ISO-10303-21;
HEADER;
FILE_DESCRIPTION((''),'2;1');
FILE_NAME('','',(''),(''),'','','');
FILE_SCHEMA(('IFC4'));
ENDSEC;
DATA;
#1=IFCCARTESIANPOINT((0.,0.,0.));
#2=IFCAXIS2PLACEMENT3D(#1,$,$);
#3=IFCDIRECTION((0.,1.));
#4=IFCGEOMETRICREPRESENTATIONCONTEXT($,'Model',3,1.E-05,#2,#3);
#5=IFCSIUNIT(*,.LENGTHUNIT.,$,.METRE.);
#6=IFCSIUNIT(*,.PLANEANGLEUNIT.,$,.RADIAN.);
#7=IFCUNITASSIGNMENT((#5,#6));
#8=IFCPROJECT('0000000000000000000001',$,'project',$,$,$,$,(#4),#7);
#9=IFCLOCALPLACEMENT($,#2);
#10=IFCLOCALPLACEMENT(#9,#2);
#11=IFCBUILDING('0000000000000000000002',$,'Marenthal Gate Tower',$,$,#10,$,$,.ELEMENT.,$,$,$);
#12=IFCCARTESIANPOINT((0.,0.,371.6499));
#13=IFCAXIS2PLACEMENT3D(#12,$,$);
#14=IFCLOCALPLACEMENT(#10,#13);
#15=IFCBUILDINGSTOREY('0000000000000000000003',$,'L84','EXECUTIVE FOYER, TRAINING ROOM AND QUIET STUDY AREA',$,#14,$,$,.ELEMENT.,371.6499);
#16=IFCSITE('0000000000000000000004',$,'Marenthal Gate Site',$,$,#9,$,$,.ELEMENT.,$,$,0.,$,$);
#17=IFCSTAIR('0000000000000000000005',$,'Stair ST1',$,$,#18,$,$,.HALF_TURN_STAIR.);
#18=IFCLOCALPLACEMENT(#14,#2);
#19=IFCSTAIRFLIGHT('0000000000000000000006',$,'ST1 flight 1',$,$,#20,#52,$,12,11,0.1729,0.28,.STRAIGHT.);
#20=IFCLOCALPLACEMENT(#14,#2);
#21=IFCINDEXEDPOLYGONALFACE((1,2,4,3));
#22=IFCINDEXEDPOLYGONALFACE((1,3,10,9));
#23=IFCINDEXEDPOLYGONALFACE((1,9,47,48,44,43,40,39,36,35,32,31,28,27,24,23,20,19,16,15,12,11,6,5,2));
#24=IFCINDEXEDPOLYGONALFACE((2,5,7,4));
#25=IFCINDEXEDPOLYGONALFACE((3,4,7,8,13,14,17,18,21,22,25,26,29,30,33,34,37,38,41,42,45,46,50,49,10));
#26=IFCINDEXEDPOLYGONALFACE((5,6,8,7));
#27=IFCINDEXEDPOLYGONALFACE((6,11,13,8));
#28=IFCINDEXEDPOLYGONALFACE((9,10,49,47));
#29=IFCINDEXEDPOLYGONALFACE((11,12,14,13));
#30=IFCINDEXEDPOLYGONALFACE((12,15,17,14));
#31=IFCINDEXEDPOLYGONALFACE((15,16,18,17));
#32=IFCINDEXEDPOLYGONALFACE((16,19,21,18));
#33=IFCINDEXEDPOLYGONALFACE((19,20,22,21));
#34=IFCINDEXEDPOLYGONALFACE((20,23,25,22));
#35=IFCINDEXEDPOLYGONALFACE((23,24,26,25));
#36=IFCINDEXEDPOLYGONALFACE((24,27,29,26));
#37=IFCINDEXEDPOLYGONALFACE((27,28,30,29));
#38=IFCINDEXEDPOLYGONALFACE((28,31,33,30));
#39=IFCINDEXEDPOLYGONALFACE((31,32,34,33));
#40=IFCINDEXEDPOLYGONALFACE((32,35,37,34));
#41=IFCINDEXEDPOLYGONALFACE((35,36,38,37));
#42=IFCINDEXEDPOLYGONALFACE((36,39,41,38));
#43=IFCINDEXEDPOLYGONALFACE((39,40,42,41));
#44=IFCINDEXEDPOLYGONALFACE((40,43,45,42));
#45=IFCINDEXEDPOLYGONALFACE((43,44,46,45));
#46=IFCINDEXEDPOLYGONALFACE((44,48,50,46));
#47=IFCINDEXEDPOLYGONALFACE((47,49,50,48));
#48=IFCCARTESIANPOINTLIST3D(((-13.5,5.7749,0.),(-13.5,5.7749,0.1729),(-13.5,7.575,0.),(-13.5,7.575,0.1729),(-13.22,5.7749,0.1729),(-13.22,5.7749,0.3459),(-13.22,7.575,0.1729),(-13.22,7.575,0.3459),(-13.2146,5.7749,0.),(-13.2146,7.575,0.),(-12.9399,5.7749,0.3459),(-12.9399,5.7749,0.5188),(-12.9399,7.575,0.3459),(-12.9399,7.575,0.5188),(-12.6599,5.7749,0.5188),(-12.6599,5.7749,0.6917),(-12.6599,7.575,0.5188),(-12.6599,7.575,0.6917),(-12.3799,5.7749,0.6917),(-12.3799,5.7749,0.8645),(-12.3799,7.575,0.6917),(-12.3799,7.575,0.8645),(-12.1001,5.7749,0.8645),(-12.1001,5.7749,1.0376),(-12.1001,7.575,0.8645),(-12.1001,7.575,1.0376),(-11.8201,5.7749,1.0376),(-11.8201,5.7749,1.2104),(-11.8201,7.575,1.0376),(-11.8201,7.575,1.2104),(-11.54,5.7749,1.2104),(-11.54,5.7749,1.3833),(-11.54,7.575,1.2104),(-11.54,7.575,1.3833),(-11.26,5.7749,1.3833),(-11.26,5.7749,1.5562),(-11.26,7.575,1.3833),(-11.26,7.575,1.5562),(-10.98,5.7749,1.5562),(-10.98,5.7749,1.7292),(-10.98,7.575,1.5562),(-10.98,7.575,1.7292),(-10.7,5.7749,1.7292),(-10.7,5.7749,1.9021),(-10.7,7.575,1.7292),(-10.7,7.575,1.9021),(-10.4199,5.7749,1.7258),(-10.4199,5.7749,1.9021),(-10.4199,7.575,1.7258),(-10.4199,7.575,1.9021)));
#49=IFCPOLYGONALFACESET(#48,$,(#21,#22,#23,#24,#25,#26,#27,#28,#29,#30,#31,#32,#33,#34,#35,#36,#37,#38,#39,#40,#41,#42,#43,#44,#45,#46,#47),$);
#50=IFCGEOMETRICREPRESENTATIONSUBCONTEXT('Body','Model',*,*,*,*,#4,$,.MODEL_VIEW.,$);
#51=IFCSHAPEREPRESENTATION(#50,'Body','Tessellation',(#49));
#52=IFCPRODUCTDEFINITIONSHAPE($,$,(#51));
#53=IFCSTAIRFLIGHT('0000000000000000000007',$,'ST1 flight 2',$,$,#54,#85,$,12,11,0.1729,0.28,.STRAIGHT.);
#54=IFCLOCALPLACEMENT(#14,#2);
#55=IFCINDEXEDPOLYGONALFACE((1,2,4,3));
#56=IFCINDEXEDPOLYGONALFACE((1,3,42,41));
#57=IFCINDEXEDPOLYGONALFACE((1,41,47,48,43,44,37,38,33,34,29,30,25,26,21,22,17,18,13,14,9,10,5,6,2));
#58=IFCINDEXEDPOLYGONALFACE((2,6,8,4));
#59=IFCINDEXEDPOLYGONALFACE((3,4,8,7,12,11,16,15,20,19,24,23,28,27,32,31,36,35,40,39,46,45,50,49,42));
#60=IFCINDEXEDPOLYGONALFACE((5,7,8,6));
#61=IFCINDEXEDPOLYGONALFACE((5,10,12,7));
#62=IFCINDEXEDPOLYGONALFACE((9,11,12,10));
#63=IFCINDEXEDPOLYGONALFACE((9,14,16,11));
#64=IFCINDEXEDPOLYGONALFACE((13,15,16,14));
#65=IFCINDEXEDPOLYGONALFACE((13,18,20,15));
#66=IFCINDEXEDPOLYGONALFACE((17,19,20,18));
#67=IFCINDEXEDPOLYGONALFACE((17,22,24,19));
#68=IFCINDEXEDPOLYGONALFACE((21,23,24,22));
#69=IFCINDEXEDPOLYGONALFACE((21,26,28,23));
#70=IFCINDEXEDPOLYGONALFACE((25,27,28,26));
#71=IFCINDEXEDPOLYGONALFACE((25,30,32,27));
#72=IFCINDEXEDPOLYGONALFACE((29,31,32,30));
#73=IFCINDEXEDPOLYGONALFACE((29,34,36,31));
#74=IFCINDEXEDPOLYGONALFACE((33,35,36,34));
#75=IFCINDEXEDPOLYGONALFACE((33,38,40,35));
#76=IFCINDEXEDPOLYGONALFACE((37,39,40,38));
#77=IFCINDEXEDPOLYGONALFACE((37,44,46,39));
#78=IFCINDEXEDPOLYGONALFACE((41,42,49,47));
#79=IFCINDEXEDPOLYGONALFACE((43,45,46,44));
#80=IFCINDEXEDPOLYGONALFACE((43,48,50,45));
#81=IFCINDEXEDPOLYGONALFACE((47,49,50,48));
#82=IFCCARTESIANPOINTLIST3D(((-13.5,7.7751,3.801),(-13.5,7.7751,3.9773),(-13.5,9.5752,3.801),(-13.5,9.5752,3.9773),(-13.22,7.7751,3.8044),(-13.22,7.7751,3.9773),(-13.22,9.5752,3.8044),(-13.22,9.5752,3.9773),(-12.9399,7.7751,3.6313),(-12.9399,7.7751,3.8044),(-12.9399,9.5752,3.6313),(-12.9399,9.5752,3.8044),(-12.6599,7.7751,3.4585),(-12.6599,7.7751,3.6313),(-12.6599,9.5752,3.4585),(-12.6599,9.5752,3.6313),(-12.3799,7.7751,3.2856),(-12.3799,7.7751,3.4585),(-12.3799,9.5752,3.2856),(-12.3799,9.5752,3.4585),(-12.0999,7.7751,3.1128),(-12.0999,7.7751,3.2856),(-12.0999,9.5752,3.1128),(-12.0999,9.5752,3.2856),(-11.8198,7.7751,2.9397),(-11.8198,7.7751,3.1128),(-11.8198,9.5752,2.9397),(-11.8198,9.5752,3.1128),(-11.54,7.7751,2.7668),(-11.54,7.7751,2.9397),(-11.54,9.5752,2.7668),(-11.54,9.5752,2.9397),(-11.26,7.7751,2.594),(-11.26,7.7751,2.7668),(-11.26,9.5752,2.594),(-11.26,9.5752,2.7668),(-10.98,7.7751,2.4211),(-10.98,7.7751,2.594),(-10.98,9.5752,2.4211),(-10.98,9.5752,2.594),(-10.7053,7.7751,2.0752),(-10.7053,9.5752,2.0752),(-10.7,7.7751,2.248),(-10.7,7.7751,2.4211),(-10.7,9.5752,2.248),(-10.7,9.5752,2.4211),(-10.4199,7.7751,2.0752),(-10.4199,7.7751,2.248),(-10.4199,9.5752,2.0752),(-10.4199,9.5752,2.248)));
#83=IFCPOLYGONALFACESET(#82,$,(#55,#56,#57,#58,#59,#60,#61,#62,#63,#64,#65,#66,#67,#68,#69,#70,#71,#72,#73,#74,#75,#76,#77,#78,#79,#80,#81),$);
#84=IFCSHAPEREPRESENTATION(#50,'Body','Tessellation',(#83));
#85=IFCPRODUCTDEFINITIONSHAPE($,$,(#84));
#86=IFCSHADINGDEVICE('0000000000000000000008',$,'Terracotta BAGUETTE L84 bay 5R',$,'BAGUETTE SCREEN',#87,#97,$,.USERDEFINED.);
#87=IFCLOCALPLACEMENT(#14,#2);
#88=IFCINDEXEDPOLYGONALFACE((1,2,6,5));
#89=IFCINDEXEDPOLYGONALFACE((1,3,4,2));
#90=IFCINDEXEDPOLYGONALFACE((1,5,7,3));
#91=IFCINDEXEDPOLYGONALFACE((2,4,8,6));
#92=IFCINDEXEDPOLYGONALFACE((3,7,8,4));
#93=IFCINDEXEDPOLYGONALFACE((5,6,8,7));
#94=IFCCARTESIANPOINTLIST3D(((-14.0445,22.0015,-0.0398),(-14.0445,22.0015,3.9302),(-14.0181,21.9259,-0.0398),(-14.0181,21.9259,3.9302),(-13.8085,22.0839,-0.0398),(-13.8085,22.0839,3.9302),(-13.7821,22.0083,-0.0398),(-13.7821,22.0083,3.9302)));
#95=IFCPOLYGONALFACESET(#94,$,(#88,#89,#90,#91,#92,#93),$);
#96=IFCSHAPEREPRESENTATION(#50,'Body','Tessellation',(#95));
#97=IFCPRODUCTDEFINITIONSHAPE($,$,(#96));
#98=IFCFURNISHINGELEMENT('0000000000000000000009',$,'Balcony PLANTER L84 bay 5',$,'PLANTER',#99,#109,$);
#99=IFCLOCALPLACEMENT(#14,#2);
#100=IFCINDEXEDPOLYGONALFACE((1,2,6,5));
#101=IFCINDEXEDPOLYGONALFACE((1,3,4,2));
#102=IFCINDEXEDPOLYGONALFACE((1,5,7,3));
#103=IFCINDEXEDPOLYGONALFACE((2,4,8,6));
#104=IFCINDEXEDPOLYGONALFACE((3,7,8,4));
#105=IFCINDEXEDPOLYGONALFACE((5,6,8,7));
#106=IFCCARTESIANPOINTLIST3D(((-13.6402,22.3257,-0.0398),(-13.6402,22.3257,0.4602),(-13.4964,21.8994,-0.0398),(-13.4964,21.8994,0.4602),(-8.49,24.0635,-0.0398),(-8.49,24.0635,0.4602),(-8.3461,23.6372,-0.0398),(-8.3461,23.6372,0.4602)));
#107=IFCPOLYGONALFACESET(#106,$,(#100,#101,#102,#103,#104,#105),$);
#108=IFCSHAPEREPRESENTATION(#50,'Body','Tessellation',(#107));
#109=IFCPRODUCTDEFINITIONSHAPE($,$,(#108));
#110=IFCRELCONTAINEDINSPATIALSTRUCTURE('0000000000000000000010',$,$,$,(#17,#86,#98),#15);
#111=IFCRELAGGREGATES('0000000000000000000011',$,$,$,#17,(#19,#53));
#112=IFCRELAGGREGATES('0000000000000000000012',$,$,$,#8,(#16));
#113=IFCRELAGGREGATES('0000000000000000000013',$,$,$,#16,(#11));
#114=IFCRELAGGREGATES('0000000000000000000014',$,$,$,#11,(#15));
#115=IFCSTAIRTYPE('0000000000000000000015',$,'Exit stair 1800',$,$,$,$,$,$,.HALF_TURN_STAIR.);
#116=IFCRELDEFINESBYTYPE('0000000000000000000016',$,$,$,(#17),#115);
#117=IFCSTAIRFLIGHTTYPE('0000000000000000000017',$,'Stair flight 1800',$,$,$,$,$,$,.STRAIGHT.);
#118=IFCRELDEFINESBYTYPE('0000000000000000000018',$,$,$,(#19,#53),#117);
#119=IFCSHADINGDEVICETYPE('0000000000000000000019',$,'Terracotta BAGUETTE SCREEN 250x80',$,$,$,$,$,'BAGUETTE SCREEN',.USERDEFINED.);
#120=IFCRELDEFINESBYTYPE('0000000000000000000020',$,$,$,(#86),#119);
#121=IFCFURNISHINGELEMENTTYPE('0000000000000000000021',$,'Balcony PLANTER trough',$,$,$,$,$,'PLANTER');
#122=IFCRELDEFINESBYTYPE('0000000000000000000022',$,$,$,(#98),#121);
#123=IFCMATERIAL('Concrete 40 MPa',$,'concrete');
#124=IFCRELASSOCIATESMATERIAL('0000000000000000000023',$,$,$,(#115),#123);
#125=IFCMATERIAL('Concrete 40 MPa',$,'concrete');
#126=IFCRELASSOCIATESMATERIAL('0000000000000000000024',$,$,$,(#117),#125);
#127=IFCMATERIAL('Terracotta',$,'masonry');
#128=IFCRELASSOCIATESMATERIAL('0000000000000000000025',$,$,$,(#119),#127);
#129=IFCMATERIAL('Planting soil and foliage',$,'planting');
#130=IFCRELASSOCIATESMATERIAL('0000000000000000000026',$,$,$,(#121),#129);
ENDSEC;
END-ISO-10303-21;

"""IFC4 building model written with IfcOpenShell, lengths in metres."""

from ifc_helpers import new_model, si_unit, direction, frame, origin, origin_2d, place, context, subcontext, project, spatial, polyline, rectangle, outline, extrude, material, material_profile, profile_set, type_object, element, aggregate, save


model = new_model("IFC4")

# Units and contexts
model_context = context("Model", 3, precision=1e-05, world=origin(), true_north=direction((0.0, 1.0)))
body_context = subcontext(model_context, "Body", "Model", "MODEL_VIEW")
ifc_project = project(units=[si_unit("LENGTHUNIT", "METRE"), si_unit("PLANEANGLEUNIT", "RADIAN")], contexts=[model_context])

# Site, building, storey
site_placement = place(None, origin())
site = spatial("IfcSite", under=ifc_project, at=site_placement, Name="Marenthal Gate Site", CompositionType="ELEMENT", RefElevation=0.0)
building_placement = place(site_placement, origin())
building = spatial("IfcBuilding", under=site, at=building_placement, Name="Marenthal Gate Tower", CompositionType="ELEMENT")
storey_placement = place(building_placement, frame((0.0, 0.0, 371.6499)))
storey = spatial("IfcBuildingStorey", under=building, at=storey_placement, Name="L84", Description="EXECUTIVE FOYER, TRAINING ROOM AND QUIET STUDY AREA", CompositionType="ELEMENT", Elevation=371.6499)

# Stair, stair flights
ifc_material_1 = material(Name="Concrete 40 MPa", Category="concrete")
stair_type = type_object("IfcStairType", Name="Exit stair 1800", PredefinedType="HALF_TURN_STAIR", material=ifc_material_1)
stair_placement = place(storey_placement, origin())
stair = element("IfcStair", 1, at=stair_placement, inside=storey, type_object=stair_type, Name="Stair ST1", PredefinedType="HALF_TURN_STAIR")
ifc_material_2 = material(Name="Concrete 40 MPa", Category="concrete")
stair_flight_type = type_object("IfcStairFlightType", Name="Stair flight 1800", PredefinedType="STRAIGHT", material=ifc_material_2)
stair_flight_1_placement = place(storey_placement, frame((-13.5, 6.675, 0.0), z_axis=(0.0, 0.0, 1.0), x_axis=(1.0, 0.0, 0.0)))
stair_flight_1 = element("IfcStairFlight", 2, at=stair_flight_1_placement, type_object=stair_flight_type, Name="ST1 flight 1", NumberOfRisers=12, NumberOfTreads=11, PredefinedType="STRAIGHT", RiserHeight=0.1729, TreadLength=0.28, context=body_context, shape_type="SweptSolid", body=[
    extrude(outline(polyline([(0.0, 0.0), (0.0, 0.1729), (0.28, 0.1729), (0.28, 0.3459), (0.5601, 0.3459), (0.5601, 0.5188), (0.8401, 0.5188), (0.8401, 0.6917), (1.1201, 0.6917), (1.1201, 0.8645), (1.3999, 0.8645), (1.3999, 1.0376), (1.6799, 1.0376), (1.6799, 1.2104), (1.96, 1.2104), (1.96, 1.3833), (2.24, 1.3833), (2.24, 1.5562), (2.52, 1.5562), (2.52, 1.7292), (2.8, 1.7292), (2.8, 1.9021), (3.0801, 1.9021), (3.0801, 2.075), (3.0801, 1.7258), (0.2854, 0.0), (0.0, 0.0)])), frame((0.0, 0.8999, 0.0), z_axis=(0.0, -1.0, 0.0), x_axis=(1.0, 0.0, 0.0)), (0.0, 0.0, 1.0), 1.8),
])
stair_flight_2_placement = place(storey_placement, frame((-10.4199, 8.675, 2.0752), z_axis=(0.0, 0.0, 1.0), x_axis=(-1.0, 0.0, 0.0)))
stair_flight_2 = element("IfcStairFlight", 3, at=stair_flight_2_placement, type_object=stair_flight_type, Name="ST1 flight 2", NumberOfRisers=12, NumberOfTreads=11, PredefinedType="STRAIGHT", RiserHeight=0.1729, TreadLength=0.28, context=body_context, shape_type="SweptSolid", body=[
    extrude(outline(polyline([(0.0, 0.0), (0.0, 0.1729), (0.28, 0.1729), (0.28, 0.3459), (0.5601, 0.3459), (0.5601, 0.5188), (0.8401, 0.5188), (0.8401, 0.6917), (1.1201, 0.6917), (1.1201, 0.8645), (1.3999, 0.8645), (1.3999, 1.0376), (1.6799, 1.0376), (1.6799, 1.2104), (1.96, 1.2104), (1.96, 1.3833), (2.24, 1.3833), (2.24, 1.5562), (2.52, 1.5562), (2.52, 1.7292), (2.8, 1.7292), (2.8, 1.9021), (3.0801, 1.9021), (3.0801, 2.075), (3.0801, 1.7258), (0.2854, 0.0), (0.0, 0.0)])), frame((0.0, 0.8999, 0.0), z_axis=(0.0, -1.0, 0.0), x_axis=(1.0, 0.0, 0.0)), (0.0, 0.0, 1.0), 1.8),
])
aggregate(stair, [stair_flight_1, stair_flight_2])

# Shading device
ifc_material_3 = material(Name="Terracotta", Category="masonry")
ifc_material_profile_1 = material_profile(ifc_material_3, rectangle(XDim=0.25, YDim=0.0801, at=origin_2d()), Name="Terracotta baguette 250x80")
ifc_profile_set_1 = profile_set([ifc_material_profile_1], Name="Terracotta")
shading_device_type = type_object("IfcShadingDeviceType", Name="Terracotta BAGUETTE SCREEN 250x80", ElementType="BAGUETTE SCREEN", PredefinedType="USERDEFINED", material=ifc_profile_set_1)
shading_device_placement = place(storey_placement, frame((-13.9133, 22.0049, -0.0398), z_axis=(0.0, 0.0, 1.0), x_axis=(-0.944082, -0.32971, 0.0)))
element("IfcShadingDevice", 4, at=shading_device_placement, inside=storey, type_object=shading_device_type, Name="Terracotta BAGUETTE L84 bay 5R", ObjectType="BAGUETTE SCREEN", PredefinedType="USERDEFINED", context=body_context, shape_type="SweptSolid", body=[
    extrude(rectangle(XDim=0.25, YDim=0.0801, at=origin_2d()), origin(), (0.0, 0.0, 1.0), 3.97),
])

# Furnishing element
ifc_material_4 = material(Name="Planting soil and foliage", Category="planting")
furnishing_element_type = type_object("IfcFurnishingElementType", Name="Balcony PLANTER trough", ElementType="PLANTER", material=ifc_material_4)
furnishing_placement = place(storey_placement, frame((-10.9932, 22.9814, -0.0398), z_axis=(0.0, 0.0, 1.0), x_axis=(-0.947516, -0.319708, 0.0)))
element("IfcFurnishingElement", 5, at=furnishing_placement, inside=storey, type_object=furnishing_element_type, Name="Balcony PLANTER L84 bay 5", ObjectType="PLANTER", context=body_context, shape_type="SweptSolid", body=[
    extrude(rectangle(XDim=5.4355, YDim=0.45, at=origin_2d()), origin(), (0.0, 0.0, 1.0), 0.5),
])

save(model, "model.ifc")
